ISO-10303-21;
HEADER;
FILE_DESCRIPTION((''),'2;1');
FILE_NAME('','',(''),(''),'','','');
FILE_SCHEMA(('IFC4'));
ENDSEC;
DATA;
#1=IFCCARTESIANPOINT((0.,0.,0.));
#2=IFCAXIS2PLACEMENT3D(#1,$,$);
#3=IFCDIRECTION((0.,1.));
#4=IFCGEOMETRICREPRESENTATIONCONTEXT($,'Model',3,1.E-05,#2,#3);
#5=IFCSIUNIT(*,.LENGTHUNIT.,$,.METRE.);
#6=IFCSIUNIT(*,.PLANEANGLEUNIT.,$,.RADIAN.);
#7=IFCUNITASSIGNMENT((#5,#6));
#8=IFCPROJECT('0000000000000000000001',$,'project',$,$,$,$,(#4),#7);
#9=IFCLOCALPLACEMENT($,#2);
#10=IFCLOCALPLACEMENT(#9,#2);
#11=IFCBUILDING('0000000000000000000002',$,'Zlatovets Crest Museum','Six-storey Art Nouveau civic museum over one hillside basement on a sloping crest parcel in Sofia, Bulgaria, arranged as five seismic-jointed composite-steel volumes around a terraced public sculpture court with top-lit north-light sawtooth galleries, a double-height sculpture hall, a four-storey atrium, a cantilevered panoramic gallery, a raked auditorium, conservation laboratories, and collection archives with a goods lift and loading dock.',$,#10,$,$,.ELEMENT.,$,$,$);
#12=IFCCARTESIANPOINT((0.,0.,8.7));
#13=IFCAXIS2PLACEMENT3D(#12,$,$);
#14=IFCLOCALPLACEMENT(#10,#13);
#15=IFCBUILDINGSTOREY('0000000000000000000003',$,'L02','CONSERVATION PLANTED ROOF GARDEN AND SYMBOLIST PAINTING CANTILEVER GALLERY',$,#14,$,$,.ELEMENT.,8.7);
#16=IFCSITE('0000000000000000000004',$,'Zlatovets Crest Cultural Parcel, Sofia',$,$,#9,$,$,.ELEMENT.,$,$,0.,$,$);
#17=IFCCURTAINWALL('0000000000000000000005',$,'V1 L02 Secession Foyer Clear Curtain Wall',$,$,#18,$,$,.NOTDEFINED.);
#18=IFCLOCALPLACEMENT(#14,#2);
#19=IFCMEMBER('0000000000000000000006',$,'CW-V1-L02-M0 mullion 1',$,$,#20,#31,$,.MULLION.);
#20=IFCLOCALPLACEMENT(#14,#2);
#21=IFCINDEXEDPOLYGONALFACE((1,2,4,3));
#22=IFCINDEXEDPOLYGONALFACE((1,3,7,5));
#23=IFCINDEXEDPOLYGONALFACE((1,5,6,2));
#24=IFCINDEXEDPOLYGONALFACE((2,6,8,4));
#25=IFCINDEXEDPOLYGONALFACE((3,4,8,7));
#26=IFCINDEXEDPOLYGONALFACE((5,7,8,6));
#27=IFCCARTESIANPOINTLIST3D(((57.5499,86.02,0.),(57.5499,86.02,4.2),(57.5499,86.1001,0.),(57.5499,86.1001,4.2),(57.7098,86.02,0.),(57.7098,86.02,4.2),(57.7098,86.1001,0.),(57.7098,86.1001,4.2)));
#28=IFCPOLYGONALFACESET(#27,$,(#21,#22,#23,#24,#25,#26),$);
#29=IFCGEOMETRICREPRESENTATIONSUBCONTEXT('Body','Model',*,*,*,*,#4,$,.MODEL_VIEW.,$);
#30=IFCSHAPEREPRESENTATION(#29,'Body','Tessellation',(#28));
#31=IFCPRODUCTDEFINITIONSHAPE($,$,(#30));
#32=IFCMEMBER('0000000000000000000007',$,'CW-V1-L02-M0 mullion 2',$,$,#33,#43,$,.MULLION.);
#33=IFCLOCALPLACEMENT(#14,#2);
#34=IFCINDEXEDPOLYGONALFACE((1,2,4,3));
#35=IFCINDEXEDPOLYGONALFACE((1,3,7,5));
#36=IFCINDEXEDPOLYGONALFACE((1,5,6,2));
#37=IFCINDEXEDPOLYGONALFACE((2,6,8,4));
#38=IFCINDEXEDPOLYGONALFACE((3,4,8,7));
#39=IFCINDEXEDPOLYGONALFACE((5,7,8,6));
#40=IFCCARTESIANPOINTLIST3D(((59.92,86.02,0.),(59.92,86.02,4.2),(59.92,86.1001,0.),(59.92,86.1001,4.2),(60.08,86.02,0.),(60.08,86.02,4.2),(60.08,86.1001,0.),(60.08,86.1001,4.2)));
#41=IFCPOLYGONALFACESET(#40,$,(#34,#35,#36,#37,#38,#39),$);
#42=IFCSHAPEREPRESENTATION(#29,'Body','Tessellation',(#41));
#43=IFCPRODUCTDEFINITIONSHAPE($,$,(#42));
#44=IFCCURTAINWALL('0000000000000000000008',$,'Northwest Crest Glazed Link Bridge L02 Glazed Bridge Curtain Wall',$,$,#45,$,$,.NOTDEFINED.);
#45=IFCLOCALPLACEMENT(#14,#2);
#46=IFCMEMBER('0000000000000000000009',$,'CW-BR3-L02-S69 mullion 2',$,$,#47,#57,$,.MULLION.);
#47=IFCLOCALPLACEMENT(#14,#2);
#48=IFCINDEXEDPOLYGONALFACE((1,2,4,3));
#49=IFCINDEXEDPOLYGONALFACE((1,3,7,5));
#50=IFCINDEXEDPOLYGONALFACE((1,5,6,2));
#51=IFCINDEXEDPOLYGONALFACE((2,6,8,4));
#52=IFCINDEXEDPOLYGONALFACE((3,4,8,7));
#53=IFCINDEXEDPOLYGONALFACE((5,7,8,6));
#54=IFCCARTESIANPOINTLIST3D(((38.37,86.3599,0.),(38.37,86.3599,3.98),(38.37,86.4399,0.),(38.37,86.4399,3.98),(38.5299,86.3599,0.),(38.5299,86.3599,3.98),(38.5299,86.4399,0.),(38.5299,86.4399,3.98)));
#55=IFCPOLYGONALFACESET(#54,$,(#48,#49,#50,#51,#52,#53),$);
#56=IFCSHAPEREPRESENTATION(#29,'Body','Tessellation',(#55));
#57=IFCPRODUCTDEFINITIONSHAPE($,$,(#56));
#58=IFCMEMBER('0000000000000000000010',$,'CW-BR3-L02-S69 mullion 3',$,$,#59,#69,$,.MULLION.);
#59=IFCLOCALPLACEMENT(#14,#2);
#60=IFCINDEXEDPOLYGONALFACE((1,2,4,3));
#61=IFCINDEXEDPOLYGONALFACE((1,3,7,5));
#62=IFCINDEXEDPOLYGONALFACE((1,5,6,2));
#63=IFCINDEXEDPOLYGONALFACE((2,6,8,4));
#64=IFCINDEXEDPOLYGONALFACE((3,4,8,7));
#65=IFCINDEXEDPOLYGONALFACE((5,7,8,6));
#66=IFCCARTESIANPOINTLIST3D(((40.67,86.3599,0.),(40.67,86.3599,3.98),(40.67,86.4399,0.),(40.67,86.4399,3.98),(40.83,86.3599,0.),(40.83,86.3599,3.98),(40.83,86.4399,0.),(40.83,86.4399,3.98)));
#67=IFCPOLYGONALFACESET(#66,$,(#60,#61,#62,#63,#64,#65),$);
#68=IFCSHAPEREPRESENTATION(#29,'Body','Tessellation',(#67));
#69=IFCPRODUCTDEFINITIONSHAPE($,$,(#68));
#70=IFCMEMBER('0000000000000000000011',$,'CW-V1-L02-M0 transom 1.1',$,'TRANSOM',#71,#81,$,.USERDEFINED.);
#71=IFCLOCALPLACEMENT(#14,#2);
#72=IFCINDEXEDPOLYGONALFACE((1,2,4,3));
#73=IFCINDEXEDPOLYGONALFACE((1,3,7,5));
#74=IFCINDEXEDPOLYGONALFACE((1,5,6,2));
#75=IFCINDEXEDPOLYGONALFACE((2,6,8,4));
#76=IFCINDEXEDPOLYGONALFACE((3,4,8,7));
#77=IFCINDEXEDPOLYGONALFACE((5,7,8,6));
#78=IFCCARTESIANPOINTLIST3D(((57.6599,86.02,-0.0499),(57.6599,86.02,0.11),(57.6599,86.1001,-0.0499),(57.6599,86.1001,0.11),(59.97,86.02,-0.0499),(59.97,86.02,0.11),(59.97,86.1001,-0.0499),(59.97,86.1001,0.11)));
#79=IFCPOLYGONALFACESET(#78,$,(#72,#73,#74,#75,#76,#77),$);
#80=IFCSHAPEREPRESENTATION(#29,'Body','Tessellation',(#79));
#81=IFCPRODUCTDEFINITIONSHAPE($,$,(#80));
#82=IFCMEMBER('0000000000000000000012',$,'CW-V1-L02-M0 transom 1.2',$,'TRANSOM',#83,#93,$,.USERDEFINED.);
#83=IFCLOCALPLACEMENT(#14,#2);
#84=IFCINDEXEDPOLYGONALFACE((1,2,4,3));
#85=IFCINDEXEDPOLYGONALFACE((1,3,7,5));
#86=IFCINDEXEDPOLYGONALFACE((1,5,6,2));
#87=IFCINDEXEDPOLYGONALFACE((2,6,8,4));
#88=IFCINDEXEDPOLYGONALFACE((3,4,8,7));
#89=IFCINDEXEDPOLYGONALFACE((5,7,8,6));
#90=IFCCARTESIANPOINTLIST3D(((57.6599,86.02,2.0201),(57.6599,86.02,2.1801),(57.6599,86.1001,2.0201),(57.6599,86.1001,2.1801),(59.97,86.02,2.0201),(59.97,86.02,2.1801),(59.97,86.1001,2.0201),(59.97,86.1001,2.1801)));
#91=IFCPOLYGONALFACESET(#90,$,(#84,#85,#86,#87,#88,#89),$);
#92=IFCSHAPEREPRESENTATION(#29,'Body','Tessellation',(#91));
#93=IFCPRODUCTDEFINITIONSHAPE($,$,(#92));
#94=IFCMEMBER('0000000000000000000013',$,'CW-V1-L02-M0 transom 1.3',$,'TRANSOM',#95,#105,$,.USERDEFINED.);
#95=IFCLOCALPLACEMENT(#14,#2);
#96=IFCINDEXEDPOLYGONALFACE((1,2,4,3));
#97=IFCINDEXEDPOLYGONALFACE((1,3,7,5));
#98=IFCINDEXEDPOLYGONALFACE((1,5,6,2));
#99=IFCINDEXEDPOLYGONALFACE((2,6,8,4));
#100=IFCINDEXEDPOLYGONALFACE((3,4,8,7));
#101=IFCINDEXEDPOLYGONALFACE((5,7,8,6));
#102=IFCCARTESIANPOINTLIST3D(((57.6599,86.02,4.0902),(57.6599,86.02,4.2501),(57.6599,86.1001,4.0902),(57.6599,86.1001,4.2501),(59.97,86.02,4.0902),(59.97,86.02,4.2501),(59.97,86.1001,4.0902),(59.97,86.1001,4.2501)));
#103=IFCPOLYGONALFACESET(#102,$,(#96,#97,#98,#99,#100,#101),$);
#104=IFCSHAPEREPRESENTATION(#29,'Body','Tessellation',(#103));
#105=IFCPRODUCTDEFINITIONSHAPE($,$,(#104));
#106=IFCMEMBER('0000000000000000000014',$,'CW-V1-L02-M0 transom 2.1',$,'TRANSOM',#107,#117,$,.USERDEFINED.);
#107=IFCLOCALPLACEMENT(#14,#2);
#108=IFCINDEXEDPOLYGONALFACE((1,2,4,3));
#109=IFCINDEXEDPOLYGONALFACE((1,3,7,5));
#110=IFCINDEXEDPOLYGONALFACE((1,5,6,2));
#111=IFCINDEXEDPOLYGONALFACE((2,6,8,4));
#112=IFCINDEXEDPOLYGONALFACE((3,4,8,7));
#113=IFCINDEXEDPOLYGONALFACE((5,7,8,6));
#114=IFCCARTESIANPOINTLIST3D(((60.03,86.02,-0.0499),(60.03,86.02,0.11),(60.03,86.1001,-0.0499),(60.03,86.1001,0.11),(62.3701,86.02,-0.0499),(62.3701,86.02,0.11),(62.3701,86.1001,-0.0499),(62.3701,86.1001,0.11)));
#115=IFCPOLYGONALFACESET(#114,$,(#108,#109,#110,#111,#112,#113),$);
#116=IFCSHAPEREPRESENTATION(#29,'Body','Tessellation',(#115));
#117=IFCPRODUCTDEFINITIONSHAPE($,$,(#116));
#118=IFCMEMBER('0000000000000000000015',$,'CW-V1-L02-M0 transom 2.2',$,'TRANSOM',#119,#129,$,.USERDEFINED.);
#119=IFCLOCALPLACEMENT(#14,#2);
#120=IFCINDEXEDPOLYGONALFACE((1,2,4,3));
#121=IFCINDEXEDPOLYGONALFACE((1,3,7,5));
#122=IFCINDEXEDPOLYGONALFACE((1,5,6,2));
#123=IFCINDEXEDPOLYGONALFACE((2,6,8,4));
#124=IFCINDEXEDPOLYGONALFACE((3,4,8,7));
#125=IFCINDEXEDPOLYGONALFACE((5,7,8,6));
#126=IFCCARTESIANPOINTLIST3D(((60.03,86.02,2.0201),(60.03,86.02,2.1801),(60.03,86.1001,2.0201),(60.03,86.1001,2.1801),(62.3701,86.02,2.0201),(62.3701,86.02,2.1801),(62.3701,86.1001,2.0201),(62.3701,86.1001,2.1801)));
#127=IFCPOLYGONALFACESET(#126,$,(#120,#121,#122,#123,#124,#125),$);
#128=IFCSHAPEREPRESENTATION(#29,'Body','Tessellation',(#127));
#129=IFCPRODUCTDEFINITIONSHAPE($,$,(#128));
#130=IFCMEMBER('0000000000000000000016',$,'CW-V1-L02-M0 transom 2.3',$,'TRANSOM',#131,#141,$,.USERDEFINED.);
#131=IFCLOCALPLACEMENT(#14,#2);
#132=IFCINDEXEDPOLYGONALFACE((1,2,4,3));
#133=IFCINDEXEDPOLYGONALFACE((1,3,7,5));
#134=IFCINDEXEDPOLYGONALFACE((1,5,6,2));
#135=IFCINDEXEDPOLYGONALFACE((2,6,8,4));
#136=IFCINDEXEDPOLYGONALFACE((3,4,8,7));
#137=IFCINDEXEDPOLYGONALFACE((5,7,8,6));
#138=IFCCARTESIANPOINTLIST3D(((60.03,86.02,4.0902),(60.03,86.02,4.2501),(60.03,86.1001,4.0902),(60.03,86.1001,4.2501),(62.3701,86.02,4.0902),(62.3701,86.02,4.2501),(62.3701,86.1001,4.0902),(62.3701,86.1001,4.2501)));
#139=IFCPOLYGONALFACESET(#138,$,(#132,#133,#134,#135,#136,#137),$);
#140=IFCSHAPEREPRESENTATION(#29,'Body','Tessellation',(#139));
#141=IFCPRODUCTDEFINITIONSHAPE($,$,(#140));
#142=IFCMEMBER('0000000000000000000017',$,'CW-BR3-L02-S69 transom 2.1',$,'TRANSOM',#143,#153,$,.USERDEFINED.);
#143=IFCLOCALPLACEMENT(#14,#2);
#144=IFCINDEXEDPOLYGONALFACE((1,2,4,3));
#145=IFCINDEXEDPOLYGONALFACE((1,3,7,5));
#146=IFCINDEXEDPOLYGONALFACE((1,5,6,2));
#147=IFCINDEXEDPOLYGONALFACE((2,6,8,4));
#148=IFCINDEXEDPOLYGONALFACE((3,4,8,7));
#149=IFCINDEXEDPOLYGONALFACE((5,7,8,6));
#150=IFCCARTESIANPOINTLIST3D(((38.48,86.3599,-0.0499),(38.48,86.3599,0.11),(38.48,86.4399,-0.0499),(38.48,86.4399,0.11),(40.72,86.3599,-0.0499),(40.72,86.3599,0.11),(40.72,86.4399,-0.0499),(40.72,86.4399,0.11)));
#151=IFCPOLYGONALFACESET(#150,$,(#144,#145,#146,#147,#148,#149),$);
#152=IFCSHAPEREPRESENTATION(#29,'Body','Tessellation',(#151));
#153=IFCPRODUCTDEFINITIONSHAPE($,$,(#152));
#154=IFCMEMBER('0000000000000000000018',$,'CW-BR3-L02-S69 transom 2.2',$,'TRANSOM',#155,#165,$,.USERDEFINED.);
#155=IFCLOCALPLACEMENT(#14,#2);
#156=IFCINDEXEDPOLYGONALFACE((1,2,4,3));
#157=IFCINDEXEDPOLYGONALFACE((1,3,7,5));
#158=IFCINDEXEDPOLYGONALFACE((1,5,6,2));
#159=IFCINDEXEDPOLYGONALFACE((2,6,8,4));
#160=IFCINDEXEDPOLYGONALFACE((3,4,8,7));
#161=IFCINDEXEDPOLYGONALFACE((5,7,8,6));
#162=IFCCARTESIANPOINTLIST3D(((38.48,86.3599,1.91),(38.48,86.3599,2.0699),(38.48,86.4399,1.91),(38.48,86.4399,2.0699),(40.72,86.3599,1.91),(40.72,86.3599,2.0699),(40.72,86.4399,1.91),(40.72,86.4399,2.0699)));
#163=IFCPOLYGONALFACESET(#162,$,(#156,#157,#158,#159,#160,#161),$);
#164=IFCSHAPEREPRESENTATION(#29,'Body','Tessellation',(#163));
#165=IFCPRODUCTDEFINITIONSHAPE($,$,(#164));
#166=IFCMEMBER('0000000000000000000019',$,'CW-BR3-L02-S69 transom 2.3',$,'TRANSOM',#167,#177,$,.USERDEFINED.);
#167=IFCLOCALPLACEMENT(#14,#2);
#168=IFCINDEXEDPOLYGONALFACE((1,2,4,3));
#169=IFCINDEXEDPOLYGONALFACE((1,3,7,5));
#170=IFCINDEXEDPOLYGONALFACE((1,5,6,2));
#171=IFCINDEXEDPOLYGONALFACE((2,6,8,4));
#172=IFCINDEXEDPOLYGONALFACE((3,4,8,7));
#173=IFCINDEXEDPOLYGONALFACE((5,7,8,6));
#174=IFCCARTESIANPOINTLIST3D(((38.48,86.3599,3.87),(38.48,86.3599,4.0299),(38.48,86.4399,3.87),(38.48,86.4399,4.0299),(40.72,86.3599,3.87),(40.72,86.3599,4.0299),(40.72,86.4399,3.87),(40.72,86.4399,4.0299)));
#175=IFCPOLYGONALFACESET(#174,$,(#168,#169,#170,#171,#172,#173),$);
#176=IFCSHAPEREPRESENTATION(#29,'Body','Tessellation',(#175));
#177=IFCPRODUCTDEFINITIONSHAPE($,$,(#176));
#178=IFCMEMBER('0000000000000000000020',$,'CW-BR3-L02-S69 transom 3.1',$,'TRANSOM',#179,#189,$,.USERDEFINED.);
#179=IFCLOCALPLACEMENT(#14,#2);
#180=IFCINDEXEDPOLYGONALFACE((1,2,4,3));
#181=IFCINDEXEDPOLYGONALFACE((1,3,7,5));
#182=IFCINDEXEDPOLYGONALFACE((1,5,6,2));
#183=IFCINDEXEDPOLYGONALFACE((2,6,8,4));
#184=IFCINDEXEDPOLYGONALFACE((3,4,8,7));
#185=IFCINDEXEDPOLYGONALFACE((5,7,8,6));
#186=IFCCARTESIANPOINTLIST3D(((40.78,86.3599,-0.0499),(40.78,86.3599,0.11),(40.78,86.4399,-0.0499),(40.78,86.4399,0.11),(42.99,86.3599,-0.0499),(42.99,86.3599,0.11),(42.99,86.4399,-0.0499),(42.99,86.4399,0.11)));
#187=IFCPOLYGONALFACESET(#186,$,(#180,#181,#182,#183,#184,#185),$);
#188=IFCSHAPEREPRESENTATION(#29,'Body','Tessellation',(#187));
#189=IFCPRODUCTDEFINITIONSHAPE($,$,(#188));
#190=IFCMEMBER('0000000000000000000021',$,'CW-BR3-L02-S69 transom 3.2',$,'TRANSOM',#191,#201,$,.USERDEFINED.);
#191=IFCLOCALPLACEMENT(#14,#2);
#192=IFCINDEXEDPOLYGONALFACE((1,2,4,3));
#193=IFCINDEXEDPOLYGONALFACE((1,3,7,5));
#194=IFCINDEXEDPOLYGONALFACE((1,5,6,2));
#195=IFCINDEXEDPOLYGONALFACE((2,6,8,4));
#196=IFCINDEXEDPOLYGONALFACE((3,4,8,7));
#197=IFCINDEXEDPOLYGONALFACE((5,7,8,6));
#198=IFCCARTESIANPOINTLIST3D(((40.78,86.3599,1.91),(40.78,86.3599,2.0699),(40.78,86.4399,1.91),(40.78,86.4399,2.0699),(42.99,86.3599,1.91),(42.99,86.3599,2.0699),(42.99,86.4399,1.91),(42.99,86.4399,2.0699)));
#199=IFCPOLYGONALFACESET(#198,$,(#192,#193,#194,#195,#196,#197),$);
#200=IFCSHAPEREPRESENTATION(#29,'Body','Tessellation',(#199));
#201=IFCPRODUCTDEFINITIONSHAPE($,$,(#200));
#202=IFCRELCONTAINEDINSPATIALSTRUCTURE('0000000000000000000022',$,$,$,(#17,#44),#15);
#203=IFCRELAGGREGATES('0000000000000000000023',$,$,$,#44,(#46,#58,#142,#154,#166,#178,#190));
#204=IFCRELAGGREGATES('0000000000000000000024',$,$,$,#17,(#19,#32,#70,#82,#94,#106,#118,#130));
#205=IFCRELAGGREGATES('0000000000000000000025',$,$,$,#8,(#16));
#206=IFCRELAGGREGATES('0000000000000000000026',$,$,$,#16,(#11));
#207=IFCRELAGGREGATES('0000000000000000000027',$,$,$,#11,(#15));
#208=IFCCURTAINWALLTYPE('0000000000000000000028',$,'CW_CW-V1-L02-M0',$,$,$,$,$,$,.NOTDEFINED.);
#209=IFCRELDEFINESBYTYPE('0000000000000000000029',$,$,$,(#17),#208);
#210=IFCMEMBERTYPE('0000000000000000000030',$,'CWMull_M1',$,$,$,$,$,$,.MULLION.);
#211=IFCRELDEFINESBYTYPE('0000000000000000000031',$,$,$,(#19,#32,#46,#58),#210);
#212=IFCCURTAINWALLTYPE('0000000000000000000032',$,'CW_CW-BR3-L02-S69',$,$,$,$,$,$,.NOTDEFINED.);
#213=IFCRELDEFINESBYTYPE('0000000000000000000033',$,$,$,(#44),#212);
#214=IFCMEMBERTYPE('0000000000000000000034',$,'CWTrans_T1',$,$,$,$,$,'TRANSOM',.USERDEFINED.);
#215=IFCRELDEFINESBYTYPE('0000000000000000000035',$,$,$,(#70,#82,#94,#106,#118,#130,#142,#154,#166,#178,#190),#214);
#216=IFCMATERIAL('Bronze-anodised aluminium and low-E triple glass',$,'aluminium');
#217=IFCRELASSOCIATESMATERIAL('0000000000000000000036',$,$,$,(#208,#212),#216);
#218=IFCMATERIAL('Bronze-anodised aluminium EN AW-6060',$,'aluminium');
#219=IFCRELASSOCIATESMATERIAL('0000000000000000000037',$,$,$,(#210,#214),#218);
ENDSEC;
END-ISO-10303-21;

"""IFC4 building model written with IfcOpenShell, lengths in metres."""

from ifc_helpers import new_model, si_unit, direction, frame, origin, origin_2d, place, context, subcontext, project, spatial, rectangle, extrude, material, material_profile, profile_set, type_object, element, aggregate, save


model = new_model("IFC4")

# Units and contexts
model_context = context("Model", 3, precision=1e-05, world=origin(), true_north=direction((0.0, 1.0)))
body_context = subcontext(model_context, "Body", "Model", "MODEL_VIEW")
ifc_project = project(units=[si_unit("LENGTHUNIT", "METRE"), si_unit("PLANEANGLEUNIT", "RADIAN")], contexts=[model_context])

# Site, building, storey
site_placement = place(None, origin())
site = spatial("IfcSite", under=ifc_project, at=site_placement, Name="Zlatovets Crest Cultural Parcel, Sofia", CompositionType="ELEMENT", RefElevation=0.0)
building_placement = place(site_placement, origin())
building = spatial("IfcBuilding", under=site, at=building_placement, Name="Zlatovets Crest Museum", Description="Six-storey Art Nouveau civic museum over one hillside basement on a sloping crest parcel in Sofia, Bulgaria, arranged as five seismic-jointed composite-steel volumes around a terraced public sculpture court with top-lit north-light sawtooth galleries, a double-height sculpture hall, a four-storey atrium, a cantilevered panoramic gallery, a raked auditorium, conservation laboratories, and collection archives with a goods lift and loading dock.", CompositionType="ELEMENT")
storey_placement = place(building_placement, frame((0.0, 0.0, 8.7)))
storey = spatial("IfcBuildingStorey", under=building, at=storey_placement, Name="L02", Description="CONSERVATION PLANTED ROOF GARDEN AND SYMBOLIST PAINTING CANTILEVER GALLERY", CompositionType="ELEMENT", Elevation=8.7)

# Curtain walls, members
ifc_material_1 = material(Name="Bronze-anodised aluminium and low-E triple glass", Category="aluminium")
curtain_wall_type_1 = type_object("IfcCurtainWallType", Name="CW_CW-V1-L02-M0", PredefinedType="NOTDEFINED", material=ifc_material_1)
curtain_wall_1_placement = place(storey_placement, origin())
curtain_wall_1 = element("IfcCurtainWall", 1, at=curtain_wall_1_placement, inside=storey, type_object=curtain_wall_type_1, Name="V1 L02 Secession Foyer Clear Curtain Wall", PredefinedType="NOTDEFINED")
ifc_material_2 = material(Name="Bronze-anodised aluminium EN AW-6060", Category="aluminium")
ifc_material_profile_1 = material_profile(ifc_material_2, rectangle(XDim=0.0801, YDim=0.1599, at=origin_2d()), Name="ALU 80x160")
ifc_profile_set_1 = profile_set([ifc_material_profile_1], Name="Bronze-anodised aluminium EN AW-6060")
member_type_1 = type_object("IfcMemberType", Name="CWMull_M1", PredefinedType="MULLION", material=ifc_profile_set_1)
member_1_placement = place(storey_placement, frame((57.6299, 86.0601, 0.0), z_axis=(0.0, 0.0, 1.0), x_axis=(0.0, 1.0, 0.0)))
member_1 = element("IfcMember", 2, at=member_1_placement, type_object=member_type_1, Name="CW-V1-L02-M0 mullion 1", PredefinedType="MULLION", context=body_context, shape_type="SweptSolid", body=[
    extrude(rectangle(XDim=0.0801, YDim=0.1599, at=origin_2d()), origin(), (0.0, 0.0, 1.0), 4.2),
])
member_2_placement = place(storey_placement, frame((60.0, 86.0601, 0.0), z_axis=(0.0, 0.0, 1.0), x_axis=(0.0, 1.0, 0.0)))
member_2 = element("IfcMember", 3, at=member_2_placement, type_object=member_type_1, Name="CW-V1-L02-M0 mullion 2", PredefinedType="MULLION", context=body_context, shape_type="SweptSolid", body=[
    extrude(rectangle(XDim=0.0801, YDim=0.1599, at=origin_2d()), origin(), (0.0, 0.0, 1.0), 4.2),
])
curtain_wall_type_2 = type_object("IfcCurtainWallType", Name="CW_CW-BR3-L02-S69", PredefinedType="NOTDEFINED", material=ifc_material_1)
curtain_wall_2_placement = place(storey_placement, origin())
curtain_wall_2 = element("IfcCurtainWall", 4, at=curtain_wall_2_placement, inside=storey, type_object=curtain_wall_type_2, Name="Northwest Crest Glazed Link Bridge L02 Glazed Bridge Curtain Wall", PredefinedType="NOTDEFINED")
member_3_placement = place(storey_placement, frame((38.45, 86.3999, 0.0), z_axis=(0.0, 0.0, 1.0), x_axis=(0.0, 1.0, 0.0)))
member_3 = element("IfcMember", 5, at=member_3_placement, type_object=member_type_1, Name="CW-BR3-L02-S69 mullion 2", PredefinedType="MULLION", context=body_context, shape_type="SweptSolid", body=[
    extrude(rectangle(XDim=0.0801, YDim=0.1599, at=origin_2d()), origin(), (0.0, 0.0, 1.0), 3.98),
])
member_4_placement = place(storey_placement, frame((40.75, 86.3999, 0.0), z_axis=(0.0, 0.0, 1.0), x_axis=(0.0, 1.0, 0.0)))
member_4 = element("IfcMember", 6, at=member_4_placement, type_object=member_type_1, Name="CW-BR3-L02-S69 mullion 3", PredefinedType="MULLION", context=body_context, shape_type="SweptSolid", body=[
    extrude(rectangle(XDim=0.0801, YDim=0.1599, at=origin_2d()), origin(), (0.0, 0.0, 1.0), 3.98),
])

# Members
ifc_material_profile_2 = material_profile(ifc_material_2, rectangle(XDim=0.0801, YDim=0.1599, at=origin_2d()), Name="ALU 80x160")
ifc_profile_set_2 = profile_set([ifc_material_profile_2], Name="Bronze-anodised aluminium EN AW-6060")
member_type_2 = type_object("IfcMemberType", Name="CWTrans_T1", ElementType="TRANSOM", PredefinedType="USERDEFINED", material=ifc_profile_set_2)
member_5_placement = place(storey_placement, frame((57.6599, 86.0601, 0.03), z_axis=(1.0, 0.0, 0.0), x_axis=(0.0, 1.0, 0.0)))
member_5 = element("IfcMember", 7, at=member_5_placement, type_object=member_type_2, Name="CW-V1-L02-M0 transom 1.1", ObjectType="TRANSOM", PredefinedType="USERDEFINED", context=body_context, shape_type="SweptSolid", body=[
    extrude(rectangle(XDim=0.0801, YDim=0.1599, at=origin_2d()), origin(), (0.0, 0.0, 1.0), 2.3101),
])
member_6_placement = place(storey_placement, frame((57.6599, 86.0601, 2.1001), z_axis=(1.0, 0.0, 0.0), x_axis=(0.0, 1.0, 0.0)))
member_6 = element("IfcMember", 8, at=member_6_placement, type_object=member_type_2, Name="CW-V1-L02-M0 transom 1.2", ObjectType="TRANSOM", PredefinedType="USERDEFINED", context=body_context, shape_type="SweptSolid", body=[
    extrude(rectangle(XDim=0.0801, YDim=0.1599, at=origin_2d()), origin(), (0.0, 0.0, 1.0), 2.3101),
])
member_7_placement = place(storey_placement, frame((57.6599, 86.0601, 4.1702), z_axis=(1.0, 0.0, 0.0), x_axis=(0.0, 1.0, 0.0)))
member_7 = element("IfcMember", 9, at=member_7_placement, type_object=member_type_2, Name="CW-V1-L02-M0 transom 1.3", ObjectType="TRANSOM", PredefinedType="USERDEFINED", context=body_context, shape_type="SweptSolid", body=[
    extrude(rectangle(XDim=0.0801, YDim=0.1599, at=origin_2d()), origin(), (0.0, 0.0, 1.0), 2.3101),
])
member_8_placement = place(storey_placement, frame((60.03, 86.0601, 0.03), z_axis=(1.0, 0.0, 0.0), x_axis=(0.0, 1.0, 0.0)))
member_8 = element("IfcMember", 10, at=member_8_placement, type_object=member_type_2, Name="CW-V1-L02-M0 transom 2.1", ObjectType="TRANSOM", PredefinedType="USERDEFINED", context=body_context, shape_type="SweptSolid", body=[
    extrude(rectangle(XDim=0.0801, YDim=0.1599, at=origin_2d()), origin(), (0.0, 0.0, 1.0), 2.3401),
])
member_9_placement = place(storey_placement, frame((60.03, 86.0601, 2.1001), z_axis=(1.0, 0.0, 0.0), x_axis=(0.0, 1.0, 0.0)))
member_9 = element("IfcMember", 11, at=member_9_placement, type_object=member_type_2, Name="CW-V1-L02-M0 transom 2.2", ObjectType="TRANSOM", PredefinedType="USERDEFINED", context=body_context, shape_type="SweptSolid", body=[
    extrude(rectangle(XDim=0.0801, YDim=0.1599, at=origin_2d()), origin(), (0.0, 0.0, 1.0), 2.3401),
])
member_10_placement = place(storey_placement, frame((60.03, 86.0601, 4.1702), z_axis=(1.0, 0.0, 0.0), x_axis=(0.0, 1.0, 0.0)))
member_10 = element("IfcMember", 12, at=member_10_placement, type_object=member_type_2, Name="CW-V1-L02-M0 transom 2.3", ObjectType="TRANSOM", PredefinedType="USERDEFINED", context=body_context, shape_type="SweptSolid", body=[
    extrude(rectangle(XDim=0.0801, YDim=0.1599, at=origin_2d()), origin(), (0.0, 0.0, 1.0), 2.3401),
])
member_11_placement = place(storey_placement, frame((38.48, 86.3999, 0.03), z_axis=(1.0, 0.0, 0.0), x_axis=(0.0, 1.0, 0.0)))
member_11 = element("IfcMember", 13, at=member_11_placement, type_object=member_type_2, Name="CW-BR3-L02-S69 transom 2.1", ObjectType="TRANSOM", PredefinedType="USERDEFINED", context=body_context, shape_type="SweptSolid", body=[
    extrude(rectangle(XDim=0.0801, YDim=0.1599, at=origin_2d()), origin(), (0.0, 0.0, 1.0), 2.24),
])
member_12_placement = place(storey_placement, frame((38.48, 86.3999, 1.99), z_axis=(1.0, 0.0, 0.0), x_axis=(0.0, 1.0, 0.0)))
member_12 = element("IfcMember", 14, at=member_12_placement, type_object=member_type_2, Name="CW-BR3-L02-S69 transom 2.2", ObjectType="TRANSOM", PredefinedType="USERDEFINED", context=body_context, shape_type="SweptSolid", body=[
    extrude(rectangle(XDim=0.0801, YDim=0.1599, at=origin_2d()), origin(), (0.0, 0.0, 1.0), 2.24),
])
member_13_placement = place(storey_placement, frame((38.48, 86.3999, 3.95), z_axis=(1.0, 0.0, 0.0), x_axis=(0.0, 1.0, 0.0)))
member_13 = element("IfcMember", 15, at=member_13_placement, type_object=member_type_2, Name="CW-BR3-L02-S69 transom 2.3", ObjectType="TRANSOM", PredefinedType="USERDEFINED", context=body_context, shape_type="SweptSolid", body=[
    extrude(rectangle(XDim=0.0801, YDim=0.1599, at=origin_2d()), origin(), (0.0, 0.0, 1.0), 2.24),
])
member_14_placement = place(storey_placement, frame((40.78, 86.3999, 0.03), z_axis=(1.0, 0.0, 0.0), x_axis=(0.0, 1.0, 0.0)))
member_14 = element("IfcMember", 16, at=member_14_placement, type_object=member_type_2, Name="CW-BR3-L02-S69 transom 3.1", ObjectType="TRANSOM", PredefinedType="USERDEFINED", context=body_context, shape_type="SweptSolid", body=[
    extrude(rectangle(XDim=0.0801, YDim=0.1599, at=origin_2d()), origin(), (0.0, 0.0, 1.0), 2.21),
])
member_15_placement = place(storey_placement, frame((40.78, 86.3999, 1.99), z_axis=(1.0, 0.0, 0.0), x_axis=(0.0, 1.0, 0.0)))
member_15 = element("IfcMember", 17, at=member_15_placement, type_object=member_type_2, Name="CW-BR3-L02-S69 transom 3.2", ObjectType="TRANSOM", PredefinedType="USERDEFINED", context=body_context, shape_type="SweptSolid", body=[
    extrude(rectangle(XDim=0.0801, YDim=0.1599, at=origin_2d()), origin(), (0.0, 0.0, 1.0), 2.21),
])

aggregate(curtain_wall_2, [member_3, member_4, member_11, member_12, member_13, member_14, member_15])
aggregate(curtain_wall_1, [member_1, member_2, member_5, member_6, member_7, member_8, member_9, member_10])

save(model, "model.ifc")
